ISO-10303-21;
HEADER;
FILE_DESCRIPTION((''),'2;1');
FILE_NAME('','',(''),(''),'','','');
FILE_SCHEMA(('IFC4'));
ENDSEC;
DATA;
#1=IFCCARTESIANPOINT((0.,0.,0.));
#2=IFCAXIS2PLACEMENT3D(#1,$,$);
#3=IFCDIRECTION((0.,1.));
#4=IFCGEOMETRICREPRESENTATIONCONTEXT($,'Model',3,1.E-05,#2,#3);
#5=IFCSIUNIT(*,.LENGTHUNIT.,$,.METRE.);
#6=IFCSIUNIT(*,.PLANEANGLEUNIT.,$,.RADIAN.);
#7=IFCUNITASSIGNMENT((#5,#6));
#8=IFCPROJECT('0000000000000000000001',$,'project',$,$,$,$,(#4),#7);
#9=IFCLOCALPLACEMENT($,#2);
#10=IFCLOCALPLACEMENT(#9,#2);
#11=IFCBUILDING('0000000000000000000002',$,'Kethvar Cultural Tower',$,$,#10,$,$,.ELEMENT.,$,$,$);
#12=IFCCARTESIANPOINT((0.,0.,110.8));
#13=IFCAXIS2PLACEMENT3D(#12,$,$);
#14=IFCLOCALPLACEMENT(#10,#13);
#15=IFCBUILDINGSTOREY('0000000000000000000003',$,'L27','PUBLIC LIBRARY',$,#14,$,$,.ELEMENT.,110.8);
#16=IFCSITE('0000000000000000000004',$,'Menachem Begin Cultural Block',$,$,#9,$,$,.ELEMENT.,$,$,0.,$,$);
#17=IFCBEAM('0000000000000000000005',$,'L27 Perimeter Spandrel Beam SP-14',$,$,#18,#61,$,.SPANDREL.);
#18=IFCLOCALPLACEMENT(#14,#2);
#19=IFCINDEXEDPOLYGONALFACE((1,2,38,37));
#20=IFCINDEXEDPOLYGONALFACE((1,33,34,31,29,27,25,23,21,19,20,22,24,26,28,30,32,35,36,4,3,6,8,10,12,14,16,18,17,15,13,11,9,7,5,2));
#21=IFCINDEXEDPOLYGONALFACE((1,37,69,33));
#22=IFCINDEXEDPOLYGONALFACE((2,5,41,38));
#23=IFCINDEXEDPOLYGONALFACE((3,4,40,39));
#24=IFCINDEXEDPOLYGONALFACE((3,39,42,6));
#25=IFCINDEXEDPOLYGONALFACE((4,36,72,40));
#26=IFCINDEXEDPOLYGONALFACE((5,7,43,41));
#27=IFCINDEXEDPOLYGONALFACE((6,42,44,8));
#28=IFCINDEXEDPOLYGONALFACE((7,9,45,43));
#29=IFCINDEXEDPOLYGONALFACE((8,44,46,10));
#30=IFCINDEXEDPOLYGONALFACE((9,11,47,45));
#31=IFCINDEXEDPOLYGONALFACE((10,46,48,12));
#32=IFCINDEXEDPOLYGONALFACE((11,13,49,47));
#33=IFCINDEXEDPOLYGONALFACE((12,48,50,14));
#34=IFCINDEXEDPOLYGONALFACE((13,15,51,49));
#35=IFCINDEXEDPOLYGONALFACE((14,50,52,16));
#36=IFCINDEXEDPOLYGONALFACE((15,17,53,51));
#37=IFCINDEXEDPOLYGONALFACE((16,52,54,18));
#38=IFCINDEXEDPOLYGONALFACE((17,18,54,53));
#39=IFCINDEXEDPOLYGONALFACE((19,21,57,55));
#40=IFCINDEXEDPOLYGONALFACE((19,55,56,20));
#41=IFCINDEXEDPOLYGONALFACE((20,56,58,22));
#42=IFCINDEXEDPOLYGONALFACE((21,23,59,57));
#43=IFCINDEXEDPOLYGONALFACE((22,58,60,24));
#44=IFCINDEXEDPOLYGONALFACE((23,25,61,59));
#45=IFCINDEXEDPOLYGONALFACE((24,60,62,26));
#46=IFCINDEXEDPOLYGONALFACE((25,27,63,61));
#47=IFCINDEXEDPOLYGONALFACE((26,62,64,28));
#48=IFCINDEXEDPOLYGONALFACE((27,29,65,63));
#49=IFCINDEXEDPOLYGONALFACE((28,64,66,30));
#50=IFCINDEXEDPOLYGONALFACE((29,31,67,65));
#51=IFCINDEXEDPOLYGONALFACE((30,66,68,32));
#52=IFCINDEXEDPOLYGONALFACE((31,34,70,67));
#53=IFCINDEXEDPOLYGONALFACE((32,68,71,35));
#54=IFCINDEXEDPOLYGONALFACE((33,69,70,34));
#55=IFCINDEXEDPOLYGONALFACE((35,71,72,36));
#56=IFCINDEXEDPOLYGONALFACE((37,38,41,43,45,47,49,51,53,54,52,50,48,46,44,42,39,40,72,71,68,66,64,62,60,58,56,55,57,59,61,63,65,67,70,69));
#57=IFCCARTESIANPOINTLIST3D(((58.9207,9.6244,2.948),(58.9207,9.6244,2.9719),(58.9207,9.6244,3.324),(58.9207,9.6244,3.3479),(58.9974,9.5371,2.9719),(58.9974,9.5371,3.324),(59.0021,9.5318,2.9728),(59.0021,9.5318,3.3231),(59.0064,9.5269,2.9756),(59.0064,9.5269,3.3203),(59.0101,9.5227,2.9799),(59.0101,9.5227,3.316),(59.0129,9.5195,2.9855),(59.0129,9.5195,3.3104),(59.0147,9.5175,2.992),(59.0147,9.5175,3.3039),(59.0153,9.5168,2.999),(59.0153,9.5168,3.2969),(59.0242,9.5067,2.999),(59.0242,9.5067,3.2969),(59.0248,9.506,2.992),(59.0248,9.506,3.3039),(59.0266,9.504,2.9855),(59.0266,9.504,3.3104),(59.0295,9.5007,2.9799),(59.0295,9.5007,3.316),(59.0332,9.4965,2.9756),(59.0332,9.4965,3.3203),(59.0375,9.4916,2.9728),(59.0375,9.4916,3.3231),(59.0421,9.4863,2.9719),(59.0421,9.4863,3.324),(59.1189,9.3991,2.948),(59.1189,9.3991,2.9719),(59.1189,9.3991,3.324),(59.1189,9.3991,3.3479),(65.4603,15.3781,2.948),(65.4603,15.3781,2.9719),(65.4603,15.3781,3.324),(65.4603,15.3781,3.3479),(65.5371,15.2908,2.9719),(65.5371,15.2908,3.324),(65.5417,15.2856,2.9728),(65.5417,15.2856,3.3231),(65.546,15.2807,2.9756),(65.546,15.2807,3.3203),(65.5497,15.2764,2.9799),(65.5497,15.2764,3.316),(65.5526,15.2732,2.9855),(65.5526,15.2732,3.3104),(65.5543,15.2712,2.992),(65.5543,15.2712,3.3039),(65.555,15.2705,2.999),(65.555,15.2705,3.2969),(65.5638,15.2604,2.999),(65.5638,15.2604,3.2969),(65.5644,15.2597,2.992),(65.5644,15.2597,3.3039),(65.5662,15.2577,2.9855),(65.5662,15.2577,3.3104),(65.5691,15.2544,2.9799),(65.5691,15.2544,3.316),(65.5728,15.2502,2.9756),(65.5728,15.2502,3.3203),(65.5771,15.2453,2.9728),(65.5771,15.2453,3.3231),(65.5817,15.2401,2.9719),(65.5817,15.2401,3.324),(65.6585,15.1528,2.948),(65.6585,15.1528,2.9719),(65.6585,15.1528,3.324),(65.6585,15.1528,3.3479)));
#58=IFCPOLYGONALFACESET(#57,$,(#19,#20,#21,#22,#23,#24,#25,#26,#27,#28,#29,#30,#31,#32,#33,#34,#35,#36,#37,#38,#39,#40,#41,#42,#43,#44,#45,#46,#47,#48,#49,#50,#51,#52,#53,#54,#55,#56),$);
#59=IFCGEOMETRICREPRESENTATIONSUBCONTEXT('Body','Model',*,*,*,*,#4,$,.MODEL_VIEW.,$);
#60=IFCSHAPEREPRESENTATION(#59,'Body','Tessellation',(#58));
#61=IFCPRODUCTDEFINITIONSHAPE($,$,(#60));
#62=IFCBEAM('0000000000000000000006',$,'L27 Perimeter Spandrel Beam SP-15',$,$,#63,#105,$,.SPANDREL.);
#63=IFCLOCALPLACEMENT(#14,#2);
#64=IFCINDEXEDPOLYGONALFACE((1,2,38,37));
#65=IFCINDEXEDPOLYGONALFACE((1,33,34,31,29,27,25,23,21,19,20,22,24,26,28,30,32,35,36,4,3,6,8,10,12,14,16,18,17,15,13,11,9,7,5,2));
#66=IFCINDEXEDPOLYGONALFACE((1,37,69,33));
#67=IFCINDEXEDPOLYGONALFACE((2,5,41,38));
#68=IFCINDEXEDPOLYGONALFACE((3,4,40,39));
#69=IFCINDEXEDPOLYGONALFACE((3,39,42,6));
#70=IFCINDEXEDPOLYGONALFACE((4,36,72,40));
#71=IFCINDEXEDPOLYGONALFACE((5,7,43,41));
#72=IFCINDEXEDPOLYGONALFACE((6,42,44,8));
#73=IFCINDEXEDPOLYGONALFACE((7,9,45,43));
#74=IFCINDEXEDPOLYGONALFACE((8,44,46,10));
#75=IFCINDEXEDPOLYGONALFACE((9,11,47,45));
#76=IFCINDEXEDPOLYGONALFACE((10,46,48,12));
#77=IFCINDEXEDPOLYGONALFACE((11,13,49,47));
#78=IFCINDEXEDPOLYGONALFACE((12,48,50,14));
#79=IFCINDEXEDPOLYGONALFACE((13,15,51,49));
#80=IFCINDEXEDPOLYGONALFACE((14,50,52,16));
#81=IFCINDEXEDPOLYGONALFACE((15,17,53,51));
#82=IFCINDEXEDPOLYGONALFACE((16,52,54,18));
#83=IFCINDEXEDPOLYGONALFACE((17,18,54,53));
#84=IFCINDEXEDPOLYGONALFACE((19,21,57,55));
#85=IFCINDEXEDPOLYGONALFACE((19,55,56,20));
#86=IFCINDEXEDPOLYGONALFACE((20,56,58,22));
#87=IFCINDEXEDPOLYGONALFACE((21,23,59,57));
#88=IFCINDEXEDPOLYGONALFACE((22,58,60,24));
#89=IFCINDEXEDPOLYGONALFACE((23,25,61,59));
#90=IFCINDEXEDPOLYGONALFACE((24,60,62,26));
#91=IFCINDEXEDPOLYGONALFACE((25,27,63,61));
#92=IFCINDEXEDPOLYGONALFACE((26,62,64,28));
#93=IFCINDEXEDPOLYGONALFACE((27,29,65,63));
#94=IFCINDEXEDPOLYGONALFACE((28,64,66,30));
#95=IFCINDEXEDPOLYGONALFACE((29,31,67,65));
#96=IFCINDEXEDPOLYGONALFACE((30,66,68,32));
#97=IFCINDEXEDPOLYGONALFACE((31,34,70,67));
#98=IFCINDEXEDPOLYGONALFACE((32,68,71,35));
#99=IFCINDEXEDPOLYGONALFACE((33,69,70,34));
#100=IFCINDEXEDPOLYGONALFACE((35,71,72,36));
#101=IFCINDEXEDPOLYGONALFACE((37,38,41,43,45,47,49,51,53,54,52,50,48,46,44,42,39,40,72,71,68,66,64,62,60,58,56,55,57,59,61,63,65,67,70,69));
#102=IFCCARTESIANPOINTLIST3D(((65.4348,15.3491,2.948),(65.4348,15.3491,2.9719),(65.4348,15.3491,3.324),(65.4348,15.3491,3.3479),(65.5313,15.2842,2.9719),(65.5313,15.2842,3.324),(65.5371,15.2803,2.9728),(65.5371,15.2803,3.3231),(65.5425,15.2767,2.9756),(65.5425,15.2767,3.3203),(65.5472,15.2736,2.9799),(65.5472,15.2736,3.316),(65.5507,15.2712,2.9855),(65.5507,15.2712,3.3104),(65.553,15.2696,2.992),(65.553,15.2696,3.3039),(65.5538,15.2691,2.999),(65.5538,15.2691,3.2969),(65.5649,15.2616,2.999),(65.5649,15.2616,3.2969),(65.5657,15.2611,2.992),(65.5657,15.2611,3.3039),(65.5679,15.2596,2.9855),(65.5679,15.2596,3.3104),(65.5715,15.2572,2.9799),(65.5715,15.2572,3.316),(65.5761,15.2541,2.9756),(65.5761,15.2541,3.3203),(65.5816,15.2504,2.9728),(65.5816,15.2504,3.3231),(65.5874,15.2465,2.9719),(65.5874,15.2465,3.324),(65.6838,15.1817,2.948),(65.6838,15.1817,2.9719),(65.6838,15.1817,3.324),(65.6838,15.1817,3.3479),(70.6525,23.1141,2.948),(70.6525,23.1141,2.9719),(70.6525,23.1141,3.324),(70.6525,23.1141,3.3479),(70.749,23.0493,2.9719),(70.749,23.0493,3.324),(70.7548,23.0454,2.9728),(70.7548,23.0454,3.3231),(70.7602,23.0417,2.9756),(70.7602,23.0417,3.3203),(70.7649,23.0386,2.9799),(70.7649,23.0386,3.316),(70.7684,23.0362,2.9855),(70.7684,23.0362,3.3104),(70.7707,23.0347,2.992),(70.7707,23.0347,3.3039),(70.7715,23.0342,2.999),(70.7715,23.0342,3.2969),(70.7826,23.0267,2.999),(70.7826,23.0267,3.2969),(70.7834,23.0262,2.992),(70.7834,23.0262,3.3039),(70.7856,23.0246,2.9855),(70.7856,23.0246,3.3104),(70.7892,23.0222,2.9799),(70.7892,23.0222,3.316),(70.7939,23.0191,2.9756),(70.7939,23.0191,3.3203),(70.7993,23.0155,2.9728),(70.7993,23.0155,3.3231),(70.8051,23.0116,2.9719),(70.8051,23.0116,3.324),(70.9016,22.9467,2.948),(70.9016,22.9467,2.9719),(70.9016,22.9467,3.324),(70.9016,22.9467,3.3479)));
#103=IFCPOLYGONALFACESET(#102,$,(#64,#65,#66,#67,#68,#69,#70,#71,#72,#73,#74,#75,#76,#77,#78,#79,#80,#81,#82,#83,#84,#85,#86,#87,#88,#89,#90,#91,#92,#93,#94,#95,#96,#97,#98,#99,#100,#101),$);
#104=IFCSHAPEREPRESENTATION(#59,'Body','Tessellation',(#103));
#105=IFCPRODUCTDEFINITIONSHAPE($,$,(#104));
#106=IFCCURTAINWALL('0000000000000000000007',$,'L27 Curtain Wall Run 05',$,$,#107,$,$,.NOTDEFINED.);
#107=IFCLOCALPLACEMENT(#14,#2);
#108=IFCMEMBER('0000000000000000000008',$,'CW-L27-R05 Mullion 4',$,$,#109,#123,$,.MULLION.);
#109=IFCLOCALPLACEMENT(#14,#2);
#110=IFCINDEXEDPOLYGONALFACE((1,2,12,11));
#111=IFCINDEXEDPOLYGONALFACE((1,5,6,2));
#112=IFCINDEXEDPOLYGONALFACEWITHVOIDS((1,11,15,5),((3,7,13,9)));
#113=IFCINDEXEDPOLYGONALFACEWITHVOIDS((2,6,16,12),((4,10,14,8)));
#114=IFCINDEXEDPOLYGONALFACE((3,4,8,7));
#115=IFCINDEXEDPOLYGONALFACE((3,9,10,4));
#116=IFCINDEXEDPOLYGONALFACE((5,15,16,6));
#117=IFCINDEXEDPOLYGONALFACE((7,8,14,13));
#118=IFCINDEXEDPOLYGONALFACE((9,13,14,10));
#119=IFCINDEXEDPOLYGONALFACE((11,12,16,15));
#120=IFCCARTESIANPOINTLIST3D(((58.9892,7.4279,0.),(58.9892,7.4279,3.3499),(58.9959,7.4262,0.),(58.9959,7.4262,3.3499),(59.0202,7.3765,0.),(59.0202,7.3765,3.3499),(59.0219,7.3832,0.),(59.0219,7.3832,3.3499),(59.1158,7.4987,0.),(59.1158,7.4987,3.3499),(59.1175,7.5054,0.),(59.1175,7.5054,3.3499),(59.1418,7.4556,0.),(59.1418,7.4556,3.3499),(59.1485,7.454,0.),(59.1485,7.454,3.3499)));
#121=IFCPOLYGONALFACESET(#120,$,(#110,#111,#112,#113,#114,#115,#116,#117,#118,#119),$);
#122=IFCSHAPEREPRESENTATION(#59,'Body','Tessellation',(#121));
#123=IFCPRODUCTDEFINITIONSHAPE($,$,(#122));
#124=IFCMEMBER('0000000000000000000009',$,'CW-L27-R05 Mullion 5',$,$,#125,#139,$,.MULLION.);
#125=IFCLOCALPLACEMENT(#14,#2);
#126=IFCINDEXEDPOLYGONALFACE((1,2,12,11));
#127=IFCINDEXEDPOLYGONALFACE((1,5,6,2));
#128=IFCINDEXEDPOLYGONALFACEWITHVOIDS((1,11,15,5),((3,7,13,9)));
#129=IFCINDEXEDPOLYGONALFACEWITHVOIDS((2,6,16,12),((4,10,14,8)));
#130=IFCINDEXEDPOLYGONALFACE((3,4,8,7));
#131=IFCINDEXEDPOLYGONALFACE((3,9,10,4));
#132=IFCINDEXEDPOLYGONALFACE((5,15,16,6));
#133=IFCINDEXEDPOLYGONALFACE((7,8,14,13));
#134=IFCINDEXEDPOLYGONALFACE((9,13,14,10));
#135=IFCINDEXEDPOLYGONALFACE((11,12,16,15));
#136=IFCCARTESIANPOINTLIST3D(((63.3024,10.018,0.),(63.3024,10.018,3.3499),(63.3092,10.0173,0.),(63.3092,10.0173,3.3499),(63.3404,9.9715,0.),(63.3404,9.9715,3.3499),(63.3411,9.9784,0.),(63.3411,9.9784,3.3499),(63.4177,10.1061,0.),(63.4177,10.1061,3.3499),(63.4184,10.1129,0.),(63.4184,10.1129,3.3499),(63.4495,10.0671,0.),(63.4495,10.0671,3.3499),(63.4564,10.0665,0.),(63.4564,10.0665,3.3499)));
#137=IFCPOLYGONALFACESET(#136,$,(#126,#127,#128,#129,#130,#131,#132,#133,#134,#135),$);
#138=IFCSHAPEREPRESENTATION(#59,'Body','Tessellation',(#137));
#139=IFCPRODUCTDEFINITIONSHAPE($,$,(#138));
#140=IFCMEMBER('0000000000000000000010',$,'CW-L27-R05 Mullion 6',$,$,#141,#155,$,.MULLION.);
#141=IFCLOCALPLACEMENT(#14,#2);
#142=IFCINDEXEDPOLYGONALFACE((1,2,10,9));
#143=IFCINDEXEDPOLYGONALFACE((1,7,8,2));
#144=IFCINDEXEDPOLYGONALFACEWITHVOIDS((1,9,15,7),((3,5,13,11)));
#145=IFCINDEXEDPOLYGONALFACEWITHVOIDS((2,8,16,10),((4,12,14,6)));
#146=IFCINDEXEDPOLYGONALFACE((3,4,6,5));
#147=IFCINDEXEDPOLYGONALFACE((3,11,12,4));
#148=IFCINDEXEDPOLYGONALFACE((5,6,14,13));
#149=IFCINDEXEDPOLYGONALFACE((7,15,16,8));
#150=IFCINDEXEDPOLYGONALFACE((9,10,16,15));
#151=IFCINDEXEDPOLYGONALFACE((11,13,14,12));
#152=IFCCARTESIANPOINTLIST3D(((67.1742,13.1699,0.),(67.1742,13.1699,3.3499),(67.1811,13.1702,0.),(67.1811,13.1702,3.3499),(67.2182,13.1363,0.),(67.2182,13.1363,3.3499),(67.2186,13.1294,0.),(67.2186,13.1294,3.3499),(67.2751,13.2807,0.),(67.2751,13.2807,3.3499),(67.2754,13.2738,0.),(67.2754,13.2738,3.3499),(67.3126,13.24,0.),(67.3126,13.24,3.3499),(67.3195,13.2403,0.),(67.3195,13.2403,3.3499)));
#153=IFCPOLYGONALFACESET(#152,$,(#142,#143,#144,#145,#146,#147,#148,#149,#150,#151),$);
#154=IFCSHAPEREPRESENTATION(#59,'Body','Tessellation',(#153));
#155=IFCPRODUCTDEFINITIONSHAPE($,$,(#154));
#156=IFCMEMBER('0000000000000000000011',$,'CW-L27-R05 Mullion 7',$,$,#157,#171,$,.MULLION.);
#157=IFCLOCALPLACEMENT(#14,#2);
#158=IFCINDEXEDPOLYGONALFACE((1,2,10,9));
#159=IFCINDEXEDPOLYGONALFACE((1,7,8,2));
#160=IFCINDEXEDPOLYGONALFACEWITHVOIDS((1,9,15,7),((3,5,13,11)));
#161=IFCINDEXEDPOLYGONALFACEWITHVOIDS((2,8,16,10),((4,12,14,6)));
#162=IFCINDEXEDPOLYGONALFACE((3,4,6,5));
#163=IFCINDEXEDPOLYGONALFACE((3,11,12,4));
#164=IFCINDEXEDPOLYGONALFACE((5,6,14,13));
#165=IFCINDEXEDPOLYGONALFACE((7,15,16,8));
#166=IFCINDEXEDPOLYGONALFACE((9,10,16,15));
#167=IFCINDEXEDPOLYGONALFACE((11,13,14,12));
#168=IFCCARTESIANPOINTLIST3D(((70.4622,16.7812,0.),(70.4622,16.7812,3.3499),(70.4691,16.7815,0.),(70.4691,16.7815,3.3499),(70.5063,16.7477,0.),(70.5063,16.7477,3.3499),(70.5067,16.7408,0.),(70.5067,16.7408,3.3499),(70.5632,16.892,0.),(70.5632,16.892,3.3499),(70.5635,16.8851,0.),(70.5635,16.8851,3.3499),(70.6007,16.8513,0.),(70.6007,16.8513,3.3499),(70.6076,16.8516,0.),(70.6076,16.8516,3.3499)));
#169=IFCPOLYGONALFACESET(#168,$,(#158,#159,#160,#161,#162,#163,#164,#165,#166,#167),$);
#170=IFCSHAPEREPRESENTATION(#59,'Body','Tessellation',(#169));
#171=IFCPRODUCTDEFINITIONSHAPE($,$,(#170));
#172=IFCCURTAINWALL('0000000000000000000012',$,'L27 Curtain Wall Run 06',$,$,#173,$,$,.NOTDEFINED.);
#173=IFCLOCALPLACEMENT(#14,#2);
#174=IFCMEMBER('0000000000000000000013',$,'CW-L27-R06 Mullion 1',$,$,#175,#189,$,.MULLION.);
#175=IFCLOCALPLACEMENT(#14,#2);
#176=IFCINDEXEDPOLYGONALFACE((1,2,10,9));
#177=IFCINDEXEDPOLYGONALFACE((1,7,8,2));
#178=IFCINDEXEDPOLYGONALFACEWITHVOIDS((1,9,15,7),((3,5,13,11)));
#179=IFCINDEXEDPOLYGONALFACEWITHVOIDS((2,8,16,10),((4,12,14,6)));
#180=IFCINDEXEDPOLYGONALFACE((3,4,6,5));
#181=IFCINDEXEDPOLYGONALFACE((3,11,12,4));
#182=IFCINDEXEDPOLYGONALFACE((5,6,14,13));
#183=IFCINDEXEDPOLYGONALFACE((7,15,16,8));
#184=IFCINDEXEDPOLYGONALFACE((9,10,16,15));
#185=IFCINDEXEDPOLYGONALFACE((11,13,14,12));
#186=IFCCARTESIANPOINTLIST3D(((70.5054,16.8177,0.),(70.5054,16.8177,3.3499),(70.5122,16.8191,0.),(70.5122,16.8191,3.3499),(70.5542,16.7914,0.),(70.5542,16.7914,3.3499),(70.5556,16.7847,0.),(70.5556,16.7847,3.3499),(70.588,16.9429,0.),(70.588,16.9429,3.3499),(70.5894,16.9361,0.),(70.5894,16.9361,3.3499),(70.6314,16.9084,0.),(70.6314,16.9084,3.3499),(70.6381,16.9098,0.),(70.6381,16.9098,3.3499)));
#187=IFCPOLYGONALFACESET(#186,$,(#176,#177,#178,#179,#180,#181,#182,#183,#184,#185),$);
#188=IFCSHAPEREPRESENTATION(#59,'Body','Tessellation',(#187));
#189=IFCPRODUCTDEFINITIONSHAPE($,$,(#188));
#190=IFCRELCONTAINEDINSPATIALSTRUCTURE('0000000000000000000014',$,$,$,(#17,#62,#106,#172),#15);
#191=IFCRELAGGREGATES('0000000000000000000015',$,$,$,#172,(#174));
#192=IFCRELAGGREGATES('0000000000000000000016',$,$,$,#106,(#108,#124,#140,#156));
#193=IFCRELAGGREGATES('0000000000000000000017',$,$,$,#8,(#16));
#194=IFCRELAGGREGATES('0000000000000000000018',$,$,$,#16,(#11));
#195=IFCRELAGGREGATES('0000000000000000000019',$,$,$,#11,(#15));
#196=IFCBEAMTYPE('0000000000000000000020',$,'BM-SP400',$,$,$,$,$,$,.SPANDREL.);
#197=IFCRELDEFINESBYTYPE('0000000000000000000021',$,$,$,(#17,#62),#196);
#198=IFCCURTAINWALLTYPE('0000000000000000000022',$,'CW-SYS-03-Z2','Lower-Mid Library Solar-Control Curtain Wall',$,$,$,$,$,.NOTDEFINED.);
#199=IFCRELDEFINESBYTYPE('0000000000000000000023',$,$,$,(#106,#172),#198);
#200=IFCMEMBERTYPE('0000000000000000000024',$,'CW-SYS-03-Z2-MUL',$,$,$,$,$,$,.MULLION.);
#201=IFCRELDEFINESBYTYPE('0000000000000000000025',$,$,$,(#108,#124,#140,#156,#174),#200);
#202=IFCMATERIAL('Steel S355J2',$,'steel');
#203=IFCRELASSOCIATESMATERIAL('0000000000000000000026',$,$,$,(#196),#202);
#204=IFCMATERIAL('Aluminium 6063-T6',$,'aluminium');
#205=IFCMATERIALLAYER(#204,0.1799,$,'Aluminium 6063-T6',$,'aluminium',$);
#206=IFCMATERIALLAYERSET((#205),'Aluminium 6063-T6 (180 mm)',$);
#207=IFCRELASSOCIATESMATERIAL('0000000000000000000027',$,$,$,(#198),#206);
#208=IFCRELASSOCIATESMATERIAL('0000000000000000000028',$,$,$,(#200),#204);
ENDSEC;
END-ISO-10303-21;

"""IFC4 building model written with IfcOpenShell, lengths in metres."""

from ifc_helpers import new_model, si_unit, direction, frame, origin, origin_2d, place, context, subcontext, project, spatial, hollow_rectangle, i_section, extrude, source, transform, mapped, material, layer, layer_set, material_profile, profile_set, type_object, element, aggregate, save


model = new_model("IFC4")

# Units and contexts
model_context = context("Model", 3, precision=1e-05, world=origin(), true_north=direction((0.0, 1.0)))
body_context = subcontext(model_context, "Body", "Model", "MODEL_VIEW")
ifc_project = project(units=[si_unit("LENGTHUNIT", "METRE"), si_unit("PLANEANGLEUNIT", "RADIAN")], contexts=[model_context])

# Site, building, storey
site_placement = place(None, origin())
site = spatial("IfcSite", under=ifc_project, at=site_placement, Name="Menachem Begin Cultural Block", CompositionType="ELEMENT", RefElevation=0.0)
building_placement = place(site_placement, origin())
building = spatial("IfcBuilding", under=site, at=building_placement, Name="Kethvar Cultural Tower", CompositionType="ELEMENT")
storey_placement = place(building_placement, frame((0.0, 0.0, 110.8)))
storey = spatial("IfcBuildingStorey", under=building, at=storey_placement, Name="L27", Description="PUBLIC LIBRARY", CompositionType="ELEMENT", Elevation=110.8)

# Beams
ifc_material_1 = material(Name="Steel S355J2", Category="steel")
ifc_material_profile_1 = material_profile(ifc_material_1, i_section(OverallWidth=0.3, OverallDepth=0.3999, WebThickness=0.0134, FlangeThickness=0.0239, FilletRadius=0.0271, at=origin_2d()), Name="Steel S355J2 — HEB400")
ifc_profile_set_1 = profile_set([ifc_material_profile_1], Name="Steel S355J2 — HEB400")
beam_type_1 = type_object("IfcBeamType", Name="BM-SP400", PredefinedType="SPANDREL", material=ifc_profile_set_1)
shared_shape_1 = source(origin(), body_context, "Body", "SweptSolid", [
    extrude(i_section(OverallWidth=0.3, OverallDepth=0.3999, WebThickness=0.0134, FlangeThickness=0.0239, FilletRadius=0.0271, at=origin_2d()), origin(), (0.0, 0.0, 1.0), 8.7104),
])
beam_1_placement = place(storey_placement, frame((59.0198, 9.5117, 3.1479), z_axis=(0.750779, 0.660554, 0.0), x_axis=(-0.660554, 0.750779, 0.0)))
element("IfcBeam", 1, at=beam_1_placement, inside=storey, type_object=beam_type_1, Name="L27 Perimeter Spandrel Beam SP-14", PredefinedType="SPANDREL", context=body_context, shape_type="MappedRepresentation", body=[
    mapped(shared_shape_1, transform((0.0, 0.0, 0.0), scale=1.0)),
])
shared_shape_2 = source(origin(), body_context, "Body", "SweptSolid", [
    extrude(i_section(OverallWidth=0.3, OverallDepth=0.3999, WebThickness=0.0134, FlangeThickness=0.0239, FilletRadius=0.0271, at=origin_2d()), origin(), (0.0, 0.0, 1.0), 9.3552),
])
beam_2_placement = place(storey_placement, frame((65.5593, 15.2654, 3.1479), z_axis=(0.557732, 0.830021, 0.0), x_axis=(-0.830021, 0.557732, 0.0)))
element("IfcBeam", 2, at=beam_2_placement, inside=storey, type_object=beam_type_1, Name="L27 Perimeter Spandrel Beam SP-15", PredefinedType="SPANDREL", context=body_context, shape_type="MappedRepresentation", body=[
    mapped(shared_shape_2, transform((0.0, 0.0, 0.0), scale=1.0)),
])

# Curtain wall, members
ifc_material_2 = material(Name="Aluminium 6063-T6", Category="aluminium")
ifc_layer_1 = layer(ifc_material_2, 0.1799, Name="Aluminium 6063-T6", Category="aluminium")
ifc_layer_set_1 = layer_set([ifc_layer_1], Name="Aluminium 6063-T6 (180 mm)")
curtain_wall_type = type_object("IfcCurtainWallType", Name="CW-SYS-03-Z2", Description="Lower-Mid Library Solar-Control Curtain Wall", PredefinedType="NOTDEFINED", material=ifc_layer_set_1)
curtain_wall_1_placement = place(storey_placement, origin())
curtain_wall_1 = element("IfcCurtainWall", 3, at=curtain_wall_1_placement, inside=storey, type_object=curtain_wall_type, Name="L27 Curtain Wall Run 05", PredefinedType="NOTDEFINED")
ifc_material_profile_2 = material_profile(ifc_material_2, hollow_rectangle(XDim=0.0601, YDim=0.1499, WallThickness=0.0049, at=origin_2d()), Name="Aluminium 6063-T6 — RHS150x60x5")
ifc_profile_set_2 = profile_set([ifc_material_profile_2], Name="Aluminium 6063-T6 — RHS150x60x5")
member_type_1 = type_object("IfcMemberType", Name="CW-SYS-03-Z2-MUL", PredefinedType="MULLION", material=ifc_profile_set_2)
shared_shape_3 = source(origin(), body_context, "Body", "SweptSolid", [
    extrude(hollow_rectangle(XDim=0.0601, YDim=0.1499, WallThickness=0.0049, at=origin_2d()), origin(), (0.0, 0.0, 1.0), 3.3499),
])
member_1_placement = place(storey_placement, frame((59.0688, 7.4409, 0.0), z_axis=(0.0, 0.0, 1.0), x_axis=(-0.516907, 0.856042, 0.0)))
member_1 = element("IfcMember", 4, at=member_1_placement, type_object=member_type_1, Name="CW-L27-R05 Mullion 4", PredefinedType="MULLION", context=body_context, shape_type="MappedRepresentation", body=[
    mapped(shared_shape_3, transform((0.0, 0.0, 0.0), scale=1.0)),
])
member_2_placement = place(storey_placement, frame((63.3794, 10.0422, 0.0), z_axis=(0.0, 0.0, 1.0), x_axis=(-0.633246, 0.773951, 0.0)))
member_2 = element("IfcMember", 5, at=member_2_placement, type_object=member_type_1, Name="CW-L27-R05 Mullion 5", PredefinedType="MULLION", context=body_context, shape_type="MappedRepresentation", body=[
    mapped(shared_shape_3, transform((0.0, 0.0, 0.0), scale=1.0)),
])
member_3_placement = place(storey_placement, frame((67.2468, 13.2051, 0.0), z_axis=(0.0, 0.0, 1.0), x_axis=(-0.73942, 0.673245, 0.0)))
member_3 = element("IfcMember", 6, at=member_3_placement, type_object=member_type_1, Name="CW-L27-R05 Mullion 6", PredefinedType="MULLION", context=body_context, shape_type="MappedRepresentation", body=[
    mapped(shared_shape_3, transform((0.0, 0.0, 0.0), scale=1.0)),
])
member_4_placement = place(storey_placement, frame((70.5349, 16.8164, 0.0), z_axis=(0.0, 0.0, 1.0), x_axis=(-0.73942, 0.673245, 0.0)))
member_4 = element("IfcMember", 7, at=member_4_placement, type_object=member_type_1, Name="CW-L27-R05 Mullion 7", PredefinedType="MULLION", context=body_context, shape_type="MappedRepresentation", body=[
    mapped(shared_shape_3, transform((0.0, 0.0, 0.0), scale=1.0)),
])

# Curtain wall, member
curtain_wall_2_placement = place(storey_placement, origin())
curtain_wall_2 = element("IfcCurtainWall", 8, at=curtain_wall_2_placement, inside=storey, type_object=curtain_wall_type, Name="L27 Curtain Wall Run 06", PredefinedType="NOTDEFINED")
member_5_placement = place(storey_placement, frame((70.5718, 16.8638, 0.0), z_axis=(0.0, 0.0, 1.0), x_axis=(-0.834675, 0.550743, 0.0)))
member_5 = element("IfcMember", 9, at=member_5_placement, type_object=member_type_1, Name="CW-L27-R06 Mullion 1", PredefinedType="MULLION", context=body_context, shape_type="MappedRepresentation", body=[
    mapped(shared_shape_3, transform((0.0, 0.0, 0.0), scale=1.0)),
])
aggregate(curtain_wall_2, [member_5])

aggregate(curtain_wall_1, [member_1, member_2, member_3, member_4])

save(model, "model.ifc")
